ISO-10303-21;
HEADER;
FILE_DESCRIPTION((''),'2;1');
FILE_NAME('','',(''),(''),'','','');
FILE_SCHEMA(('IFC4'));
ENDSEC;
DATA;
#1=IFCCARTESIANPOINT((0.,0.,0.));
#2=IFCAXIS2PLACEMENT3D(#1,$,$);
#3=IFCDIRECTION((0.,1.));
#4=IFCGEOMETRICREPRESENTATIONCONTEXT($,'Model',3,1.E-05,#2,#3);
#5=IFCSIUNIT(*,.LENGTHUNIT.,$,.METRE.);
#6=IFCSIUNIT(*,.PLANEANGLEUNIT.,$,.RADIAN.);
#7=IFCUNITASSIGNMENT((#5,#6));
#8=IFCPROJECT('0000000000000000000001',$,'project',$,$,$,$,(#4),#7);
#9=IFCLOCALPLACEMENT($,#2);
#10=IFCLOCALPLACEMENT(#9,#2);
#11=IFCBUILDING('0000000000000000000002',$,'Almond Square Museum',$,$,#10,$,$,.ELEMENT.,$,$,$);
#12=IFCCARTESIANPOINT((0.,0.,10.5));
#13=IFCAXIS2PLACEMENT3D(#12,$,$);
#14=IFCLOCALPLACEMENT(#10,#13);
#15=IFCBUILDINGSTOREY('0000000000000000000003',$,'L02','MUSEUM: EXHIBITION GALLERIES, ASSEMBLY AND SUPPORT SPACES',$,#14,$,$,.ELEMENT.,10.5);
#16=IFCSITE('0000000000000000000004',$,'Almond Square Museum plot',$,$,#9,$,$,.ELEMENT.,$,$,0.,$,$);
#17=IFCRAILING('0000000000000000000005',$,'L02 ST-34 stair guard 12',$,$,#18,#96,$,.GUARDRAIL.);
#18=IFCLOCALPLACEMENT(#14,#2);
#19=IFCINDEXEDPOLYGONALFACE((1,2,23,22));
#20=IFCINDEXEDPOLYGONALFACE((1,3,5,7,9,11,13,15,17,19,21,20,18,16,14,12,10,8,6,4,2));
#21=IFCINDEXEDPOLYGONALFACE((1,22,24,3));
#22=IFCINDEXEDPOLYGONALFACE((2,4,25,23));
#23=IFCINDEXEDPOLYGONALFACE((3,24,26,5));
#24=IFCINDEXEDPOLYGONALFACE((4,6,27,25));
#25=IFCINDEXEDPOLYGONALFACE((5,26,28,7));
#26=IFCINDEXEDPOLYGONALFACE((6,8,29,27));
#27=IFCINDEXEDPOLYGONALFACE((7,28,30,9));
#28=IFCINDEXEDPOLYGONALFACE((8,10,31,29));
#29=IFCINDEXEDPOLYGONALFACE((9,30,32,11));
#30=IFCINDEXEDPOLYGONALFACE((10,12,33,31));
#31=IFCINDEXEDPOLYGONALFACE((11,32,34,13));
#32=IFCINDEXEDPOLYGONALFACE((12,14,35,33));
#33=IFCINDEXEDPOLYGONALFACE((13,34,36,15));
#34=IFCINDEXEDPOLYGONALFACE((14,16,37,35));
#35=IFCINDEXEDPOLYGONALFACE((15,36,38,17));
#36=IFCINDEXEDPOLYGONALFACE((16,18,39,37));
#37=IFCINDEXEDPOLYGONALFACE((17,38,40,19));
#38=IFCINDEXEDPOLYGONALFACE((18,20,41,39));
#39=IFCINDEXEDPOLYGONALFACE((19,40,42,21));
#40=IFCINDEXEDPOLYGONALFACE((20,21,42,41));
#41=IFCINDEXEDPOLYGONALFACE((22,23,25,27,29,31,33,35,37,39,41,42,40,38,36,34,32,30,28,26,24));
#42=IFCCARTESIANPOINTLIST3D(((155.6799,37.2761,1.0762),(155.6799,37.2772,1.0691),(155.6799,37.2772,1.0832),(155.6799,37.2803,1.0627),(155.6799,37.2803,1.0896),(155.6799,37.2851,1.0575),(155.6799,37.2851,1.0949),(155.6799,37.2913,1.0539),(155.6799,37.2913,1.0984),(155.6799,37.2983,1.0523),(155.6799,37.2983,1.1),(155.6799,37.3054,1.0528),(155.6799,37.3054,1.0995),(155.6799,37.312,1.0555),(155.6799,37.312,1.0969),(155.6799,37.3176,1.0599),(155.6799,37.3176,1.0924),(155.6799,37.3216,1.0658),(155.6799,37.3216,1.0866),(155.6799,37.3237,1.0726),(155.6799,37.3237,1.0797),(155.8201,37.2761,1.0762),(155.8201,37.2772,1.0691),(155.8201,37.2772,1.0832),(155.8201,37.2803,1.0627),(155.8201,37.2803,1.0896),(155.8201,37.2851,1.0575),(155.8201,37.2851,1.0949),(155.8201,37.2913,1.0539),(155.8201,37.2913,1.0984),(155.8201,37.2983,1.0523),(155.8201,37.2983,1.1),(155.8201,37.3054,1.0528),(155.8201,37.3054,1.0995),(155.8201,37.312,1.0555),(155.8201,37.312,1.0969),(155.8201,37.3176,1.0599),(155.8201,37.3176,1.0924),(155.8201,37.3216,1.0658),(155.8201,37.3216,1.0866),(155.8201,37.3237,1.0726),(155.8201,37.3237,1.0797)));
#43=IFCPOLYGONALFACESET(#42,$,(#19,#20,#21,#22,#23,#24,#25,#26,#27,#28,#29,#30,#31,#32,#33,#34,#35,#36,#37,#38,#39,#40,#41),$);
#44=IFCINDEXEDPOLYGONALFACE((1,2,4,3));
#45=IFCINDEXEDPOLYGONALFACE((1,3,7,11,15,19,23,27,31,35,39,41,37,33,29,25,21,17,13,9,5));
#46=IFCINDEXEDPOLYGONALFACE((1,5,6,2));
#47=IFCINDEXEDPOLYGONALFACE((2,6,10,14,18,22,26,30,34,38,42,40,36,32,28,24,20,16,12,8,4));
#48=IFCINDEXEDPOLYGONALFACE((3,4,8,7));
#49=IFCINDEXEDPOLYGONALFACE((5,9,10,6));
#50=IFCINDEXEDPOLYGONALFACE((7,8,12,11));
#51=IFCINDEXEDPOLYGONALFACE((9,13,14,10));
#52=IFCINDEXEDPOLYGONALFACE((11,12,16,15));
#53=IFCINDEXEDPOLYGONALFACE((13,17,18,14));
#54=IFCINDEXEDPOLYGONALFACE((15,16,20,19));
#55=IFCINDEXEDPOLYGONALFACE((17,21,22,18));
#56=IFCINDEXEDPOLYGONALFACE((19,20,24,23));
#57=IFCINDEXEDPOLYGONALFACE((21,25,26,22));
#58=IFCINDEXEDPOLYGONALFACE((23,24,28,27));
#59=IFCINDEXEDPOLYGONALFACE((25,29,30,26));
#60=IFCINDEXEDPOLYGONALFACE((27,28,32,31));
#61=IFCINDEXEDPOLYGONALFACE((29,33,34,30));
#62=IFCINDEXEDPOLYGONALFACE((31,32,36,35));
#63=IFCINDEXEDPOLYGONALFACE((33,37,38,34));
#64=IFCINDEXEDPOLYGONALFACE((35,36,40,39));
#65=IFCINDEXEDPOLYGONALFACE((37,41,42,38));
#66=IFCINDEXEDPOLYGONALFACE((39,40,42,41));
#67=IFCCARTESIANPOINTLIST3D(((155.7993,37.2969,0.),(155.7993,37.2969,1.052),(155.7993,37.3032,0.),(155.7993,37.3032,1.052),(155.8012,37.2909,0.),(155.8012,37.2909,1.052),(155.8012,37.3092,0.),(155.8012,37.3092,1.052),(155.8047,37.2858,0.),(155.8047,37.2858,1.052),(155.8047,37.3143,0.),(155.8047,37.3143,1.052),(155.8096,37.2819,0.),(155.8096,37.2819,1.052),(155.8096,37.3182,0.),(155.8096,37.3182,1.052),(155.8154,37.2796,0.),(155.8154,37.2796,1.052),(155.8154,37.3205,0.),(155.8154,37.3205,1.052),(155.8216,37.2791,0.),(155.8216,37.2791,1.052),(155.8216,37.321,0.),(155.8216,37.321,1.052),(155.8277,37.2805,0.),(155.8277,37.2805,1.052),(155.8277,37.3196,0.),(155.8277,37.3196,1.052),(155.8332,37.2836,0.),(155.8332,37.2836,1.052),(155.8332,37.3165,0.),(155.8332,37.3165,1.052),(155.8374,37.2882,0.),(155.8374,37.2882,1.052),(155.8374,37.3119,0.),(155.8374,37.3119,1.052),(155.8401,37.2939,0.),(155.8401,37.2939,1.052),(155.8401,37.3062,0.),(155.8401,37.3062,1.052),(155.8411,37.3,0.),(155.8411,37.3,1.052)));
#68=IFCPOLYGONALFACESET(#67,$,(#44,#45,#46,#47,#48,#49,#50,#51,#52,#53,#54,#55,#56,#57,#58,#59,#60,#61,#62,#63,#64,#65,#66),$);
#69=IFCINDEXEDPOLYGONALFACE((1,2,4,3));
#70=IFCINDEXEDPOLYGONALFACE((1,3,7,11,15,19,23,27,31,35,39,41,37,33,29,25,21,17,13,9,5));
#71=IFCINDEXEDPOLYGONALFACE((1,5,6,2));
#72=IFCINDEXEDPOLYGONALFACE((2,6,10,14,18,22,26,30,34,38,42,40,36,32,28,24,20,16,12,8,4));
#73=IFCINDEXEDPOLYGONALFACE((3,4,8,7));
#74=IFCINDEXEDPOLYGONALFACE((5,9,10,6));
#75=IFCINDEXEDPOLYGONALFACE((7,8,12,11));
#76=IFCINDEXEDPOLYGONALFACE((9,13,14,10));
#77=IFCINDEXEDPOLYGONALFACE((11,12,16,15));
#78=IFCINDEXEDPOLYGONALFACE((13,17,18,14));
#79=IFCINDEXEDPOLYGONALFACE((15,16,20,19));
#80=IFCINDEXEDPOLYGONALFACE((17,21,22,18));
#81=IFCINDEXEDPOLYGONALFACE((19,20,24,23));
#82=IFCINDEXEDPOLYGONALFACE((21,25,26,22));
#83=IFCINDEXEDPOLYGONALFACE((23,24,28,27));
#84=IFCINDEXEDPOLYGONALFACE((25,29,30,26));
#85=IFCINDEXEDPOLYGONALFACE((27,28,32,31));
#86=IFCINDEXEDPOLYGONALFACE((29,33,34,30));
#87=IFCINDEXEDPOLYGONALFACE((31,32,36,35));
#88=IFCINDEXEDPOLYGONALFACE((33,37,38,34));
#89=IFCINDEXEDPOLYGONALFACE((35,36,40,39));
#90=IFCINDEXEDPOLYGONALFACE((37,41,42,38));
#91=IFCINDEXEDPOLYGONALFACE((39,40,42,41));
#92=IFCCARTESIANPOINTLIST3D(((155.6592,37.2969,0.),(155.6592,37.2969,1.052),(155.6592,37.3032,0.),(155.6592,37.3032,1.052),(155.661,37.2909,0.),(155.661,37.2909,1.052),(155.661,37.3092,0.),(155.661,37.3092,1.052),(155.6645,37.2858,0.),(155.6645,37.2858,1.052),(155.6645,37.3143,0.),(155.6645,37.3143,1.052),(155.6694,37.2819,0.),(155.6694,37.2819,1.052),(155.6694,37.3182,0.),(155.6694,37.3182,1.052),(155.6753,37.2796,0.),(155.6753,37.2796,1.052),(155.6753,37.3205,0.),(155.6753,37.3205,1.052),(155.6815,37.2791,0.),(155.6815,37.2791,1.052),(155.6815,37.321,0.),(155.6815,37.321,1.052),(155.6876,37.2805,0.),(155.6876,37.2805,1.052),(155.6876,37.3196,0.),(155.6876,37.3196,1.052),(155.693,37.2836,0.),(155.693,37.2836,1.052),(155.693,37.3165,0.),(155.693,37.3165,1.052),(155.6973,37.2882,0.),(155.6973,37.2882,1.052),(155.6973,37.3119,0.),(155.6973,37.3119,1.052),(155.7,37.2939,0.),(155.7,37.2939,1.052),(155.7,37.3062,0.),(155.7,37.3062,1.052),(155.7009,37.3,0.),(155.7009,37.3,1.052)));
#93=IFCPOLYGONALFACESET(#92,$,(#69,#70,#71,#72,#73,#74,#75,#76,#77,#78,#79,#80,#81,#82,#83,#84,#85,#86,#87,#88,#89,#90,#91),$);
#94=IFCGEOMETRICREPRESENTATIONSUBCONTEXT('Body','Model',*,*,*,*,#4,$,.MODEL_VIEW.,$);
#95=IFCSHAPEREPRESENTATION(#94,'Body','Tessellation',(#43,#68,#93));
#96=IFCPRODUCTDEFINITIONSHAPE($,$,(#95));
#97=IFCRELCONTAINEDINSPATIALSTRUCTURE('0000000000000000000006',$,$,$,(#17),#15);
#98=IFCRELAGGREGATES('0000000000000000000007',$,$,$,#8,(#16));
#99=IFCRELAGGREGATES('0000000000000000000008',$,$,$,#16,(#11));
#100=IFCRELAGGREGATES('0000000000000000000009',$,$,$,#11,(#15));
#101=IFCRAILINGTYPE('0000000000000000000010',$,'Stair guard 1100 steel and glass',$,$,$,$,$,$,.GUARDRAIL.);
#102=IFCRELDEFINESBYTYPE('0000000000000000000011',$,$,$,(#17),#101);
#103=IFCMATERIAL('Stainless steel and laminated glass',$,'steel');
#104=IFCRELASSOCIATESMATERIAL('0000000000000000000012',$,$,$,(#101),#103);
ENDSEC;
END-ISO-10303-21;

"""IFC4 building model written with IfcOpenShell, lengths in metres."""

from ifc_helpers import new_model, si_unit, direction, frame, origin, origin_2d, place, context, subcontext, project, spatial, circle, extrude, material, type_object, element, save


model = new_model("IFC4")

# Units and contexts
model_context = context("Model", 3, precision=1e-05, world=origin(), true_north=direction((0.0, 1.0)))
body_context = subcontext(model_context, "Body", "Model", "MODEL_VIEW")
ifc_project = project(units=[si_unit("LENGTHUNIT", "METRE"), si_unit("PLANEANGLEUNIT", "RADIAN")], contexts=[model_context])

# Site, building, storey
site_placement = place(None, origin())
site = spatial("IfcSite", under=ifc_project, at=site_placement, Name="Almond Square Museum plot", CompositionType="ELEMENT", RefElevation=0.0)
building_placement = place(site_placement, origin())
building = spatial("IfcBuilding", under=site, at=building_placement, Name="Almond Square Museum", CompositionType="ELEMENT")
storey_placement = place(building_placement, frame((0.0, 0.0, 10.5)))
storey = spatial("IfcBuildingStorey", under=building, at=storey_placement, Name="L02", Description="MUSEUM: EXHIBITION GALLERIES, ASSEMBLY AND SUPPORT SPACES", CompositionType="ELEMENT", Elevation=10.5)

# Railing
ifc_material_1 = material(Name="Stainless steel and laminated glass", Category="steel")
railing_type_1 = type_object("IfcRailingType", Name="Stair guard 1100 steel and glass", PredefinedType="GUARDRAIL", material=ifc_material_1)
railing_1_placement = place(storey_placement, frame((155.8201, 37.3, 0.0)))
element("IfcRailing", 1, at=railing_1_placement, inside=storey, type_object=railing_type_1, Name="L02 ST-34 stair guard 12", PredefinedType="GUARDRAIL", context=body_context, shape_type="SweptSolid", body=[
    extrude(circle(Radius=0.0239, at=origin_2d()), frame((0.0, 0.0, 1.0762), z_axis=(-1.0, 0.0, 0.0), x_axis=(0.0, -1.0, 0.0)), (0.0, 0.0, 1.0), 0.1401),
    extrude(circle(Radius=0.021, at=origin_2d()), origin(), (0.0, 0.0, 1.0), 1.052),
    extrude(circle(Radius=0.021, at=origin_2d()), frame((-0.1401, 0.0, 0.0)), (0.0, 0.0, 1.0), 1.052),
])

save(model, "model.ifc")
